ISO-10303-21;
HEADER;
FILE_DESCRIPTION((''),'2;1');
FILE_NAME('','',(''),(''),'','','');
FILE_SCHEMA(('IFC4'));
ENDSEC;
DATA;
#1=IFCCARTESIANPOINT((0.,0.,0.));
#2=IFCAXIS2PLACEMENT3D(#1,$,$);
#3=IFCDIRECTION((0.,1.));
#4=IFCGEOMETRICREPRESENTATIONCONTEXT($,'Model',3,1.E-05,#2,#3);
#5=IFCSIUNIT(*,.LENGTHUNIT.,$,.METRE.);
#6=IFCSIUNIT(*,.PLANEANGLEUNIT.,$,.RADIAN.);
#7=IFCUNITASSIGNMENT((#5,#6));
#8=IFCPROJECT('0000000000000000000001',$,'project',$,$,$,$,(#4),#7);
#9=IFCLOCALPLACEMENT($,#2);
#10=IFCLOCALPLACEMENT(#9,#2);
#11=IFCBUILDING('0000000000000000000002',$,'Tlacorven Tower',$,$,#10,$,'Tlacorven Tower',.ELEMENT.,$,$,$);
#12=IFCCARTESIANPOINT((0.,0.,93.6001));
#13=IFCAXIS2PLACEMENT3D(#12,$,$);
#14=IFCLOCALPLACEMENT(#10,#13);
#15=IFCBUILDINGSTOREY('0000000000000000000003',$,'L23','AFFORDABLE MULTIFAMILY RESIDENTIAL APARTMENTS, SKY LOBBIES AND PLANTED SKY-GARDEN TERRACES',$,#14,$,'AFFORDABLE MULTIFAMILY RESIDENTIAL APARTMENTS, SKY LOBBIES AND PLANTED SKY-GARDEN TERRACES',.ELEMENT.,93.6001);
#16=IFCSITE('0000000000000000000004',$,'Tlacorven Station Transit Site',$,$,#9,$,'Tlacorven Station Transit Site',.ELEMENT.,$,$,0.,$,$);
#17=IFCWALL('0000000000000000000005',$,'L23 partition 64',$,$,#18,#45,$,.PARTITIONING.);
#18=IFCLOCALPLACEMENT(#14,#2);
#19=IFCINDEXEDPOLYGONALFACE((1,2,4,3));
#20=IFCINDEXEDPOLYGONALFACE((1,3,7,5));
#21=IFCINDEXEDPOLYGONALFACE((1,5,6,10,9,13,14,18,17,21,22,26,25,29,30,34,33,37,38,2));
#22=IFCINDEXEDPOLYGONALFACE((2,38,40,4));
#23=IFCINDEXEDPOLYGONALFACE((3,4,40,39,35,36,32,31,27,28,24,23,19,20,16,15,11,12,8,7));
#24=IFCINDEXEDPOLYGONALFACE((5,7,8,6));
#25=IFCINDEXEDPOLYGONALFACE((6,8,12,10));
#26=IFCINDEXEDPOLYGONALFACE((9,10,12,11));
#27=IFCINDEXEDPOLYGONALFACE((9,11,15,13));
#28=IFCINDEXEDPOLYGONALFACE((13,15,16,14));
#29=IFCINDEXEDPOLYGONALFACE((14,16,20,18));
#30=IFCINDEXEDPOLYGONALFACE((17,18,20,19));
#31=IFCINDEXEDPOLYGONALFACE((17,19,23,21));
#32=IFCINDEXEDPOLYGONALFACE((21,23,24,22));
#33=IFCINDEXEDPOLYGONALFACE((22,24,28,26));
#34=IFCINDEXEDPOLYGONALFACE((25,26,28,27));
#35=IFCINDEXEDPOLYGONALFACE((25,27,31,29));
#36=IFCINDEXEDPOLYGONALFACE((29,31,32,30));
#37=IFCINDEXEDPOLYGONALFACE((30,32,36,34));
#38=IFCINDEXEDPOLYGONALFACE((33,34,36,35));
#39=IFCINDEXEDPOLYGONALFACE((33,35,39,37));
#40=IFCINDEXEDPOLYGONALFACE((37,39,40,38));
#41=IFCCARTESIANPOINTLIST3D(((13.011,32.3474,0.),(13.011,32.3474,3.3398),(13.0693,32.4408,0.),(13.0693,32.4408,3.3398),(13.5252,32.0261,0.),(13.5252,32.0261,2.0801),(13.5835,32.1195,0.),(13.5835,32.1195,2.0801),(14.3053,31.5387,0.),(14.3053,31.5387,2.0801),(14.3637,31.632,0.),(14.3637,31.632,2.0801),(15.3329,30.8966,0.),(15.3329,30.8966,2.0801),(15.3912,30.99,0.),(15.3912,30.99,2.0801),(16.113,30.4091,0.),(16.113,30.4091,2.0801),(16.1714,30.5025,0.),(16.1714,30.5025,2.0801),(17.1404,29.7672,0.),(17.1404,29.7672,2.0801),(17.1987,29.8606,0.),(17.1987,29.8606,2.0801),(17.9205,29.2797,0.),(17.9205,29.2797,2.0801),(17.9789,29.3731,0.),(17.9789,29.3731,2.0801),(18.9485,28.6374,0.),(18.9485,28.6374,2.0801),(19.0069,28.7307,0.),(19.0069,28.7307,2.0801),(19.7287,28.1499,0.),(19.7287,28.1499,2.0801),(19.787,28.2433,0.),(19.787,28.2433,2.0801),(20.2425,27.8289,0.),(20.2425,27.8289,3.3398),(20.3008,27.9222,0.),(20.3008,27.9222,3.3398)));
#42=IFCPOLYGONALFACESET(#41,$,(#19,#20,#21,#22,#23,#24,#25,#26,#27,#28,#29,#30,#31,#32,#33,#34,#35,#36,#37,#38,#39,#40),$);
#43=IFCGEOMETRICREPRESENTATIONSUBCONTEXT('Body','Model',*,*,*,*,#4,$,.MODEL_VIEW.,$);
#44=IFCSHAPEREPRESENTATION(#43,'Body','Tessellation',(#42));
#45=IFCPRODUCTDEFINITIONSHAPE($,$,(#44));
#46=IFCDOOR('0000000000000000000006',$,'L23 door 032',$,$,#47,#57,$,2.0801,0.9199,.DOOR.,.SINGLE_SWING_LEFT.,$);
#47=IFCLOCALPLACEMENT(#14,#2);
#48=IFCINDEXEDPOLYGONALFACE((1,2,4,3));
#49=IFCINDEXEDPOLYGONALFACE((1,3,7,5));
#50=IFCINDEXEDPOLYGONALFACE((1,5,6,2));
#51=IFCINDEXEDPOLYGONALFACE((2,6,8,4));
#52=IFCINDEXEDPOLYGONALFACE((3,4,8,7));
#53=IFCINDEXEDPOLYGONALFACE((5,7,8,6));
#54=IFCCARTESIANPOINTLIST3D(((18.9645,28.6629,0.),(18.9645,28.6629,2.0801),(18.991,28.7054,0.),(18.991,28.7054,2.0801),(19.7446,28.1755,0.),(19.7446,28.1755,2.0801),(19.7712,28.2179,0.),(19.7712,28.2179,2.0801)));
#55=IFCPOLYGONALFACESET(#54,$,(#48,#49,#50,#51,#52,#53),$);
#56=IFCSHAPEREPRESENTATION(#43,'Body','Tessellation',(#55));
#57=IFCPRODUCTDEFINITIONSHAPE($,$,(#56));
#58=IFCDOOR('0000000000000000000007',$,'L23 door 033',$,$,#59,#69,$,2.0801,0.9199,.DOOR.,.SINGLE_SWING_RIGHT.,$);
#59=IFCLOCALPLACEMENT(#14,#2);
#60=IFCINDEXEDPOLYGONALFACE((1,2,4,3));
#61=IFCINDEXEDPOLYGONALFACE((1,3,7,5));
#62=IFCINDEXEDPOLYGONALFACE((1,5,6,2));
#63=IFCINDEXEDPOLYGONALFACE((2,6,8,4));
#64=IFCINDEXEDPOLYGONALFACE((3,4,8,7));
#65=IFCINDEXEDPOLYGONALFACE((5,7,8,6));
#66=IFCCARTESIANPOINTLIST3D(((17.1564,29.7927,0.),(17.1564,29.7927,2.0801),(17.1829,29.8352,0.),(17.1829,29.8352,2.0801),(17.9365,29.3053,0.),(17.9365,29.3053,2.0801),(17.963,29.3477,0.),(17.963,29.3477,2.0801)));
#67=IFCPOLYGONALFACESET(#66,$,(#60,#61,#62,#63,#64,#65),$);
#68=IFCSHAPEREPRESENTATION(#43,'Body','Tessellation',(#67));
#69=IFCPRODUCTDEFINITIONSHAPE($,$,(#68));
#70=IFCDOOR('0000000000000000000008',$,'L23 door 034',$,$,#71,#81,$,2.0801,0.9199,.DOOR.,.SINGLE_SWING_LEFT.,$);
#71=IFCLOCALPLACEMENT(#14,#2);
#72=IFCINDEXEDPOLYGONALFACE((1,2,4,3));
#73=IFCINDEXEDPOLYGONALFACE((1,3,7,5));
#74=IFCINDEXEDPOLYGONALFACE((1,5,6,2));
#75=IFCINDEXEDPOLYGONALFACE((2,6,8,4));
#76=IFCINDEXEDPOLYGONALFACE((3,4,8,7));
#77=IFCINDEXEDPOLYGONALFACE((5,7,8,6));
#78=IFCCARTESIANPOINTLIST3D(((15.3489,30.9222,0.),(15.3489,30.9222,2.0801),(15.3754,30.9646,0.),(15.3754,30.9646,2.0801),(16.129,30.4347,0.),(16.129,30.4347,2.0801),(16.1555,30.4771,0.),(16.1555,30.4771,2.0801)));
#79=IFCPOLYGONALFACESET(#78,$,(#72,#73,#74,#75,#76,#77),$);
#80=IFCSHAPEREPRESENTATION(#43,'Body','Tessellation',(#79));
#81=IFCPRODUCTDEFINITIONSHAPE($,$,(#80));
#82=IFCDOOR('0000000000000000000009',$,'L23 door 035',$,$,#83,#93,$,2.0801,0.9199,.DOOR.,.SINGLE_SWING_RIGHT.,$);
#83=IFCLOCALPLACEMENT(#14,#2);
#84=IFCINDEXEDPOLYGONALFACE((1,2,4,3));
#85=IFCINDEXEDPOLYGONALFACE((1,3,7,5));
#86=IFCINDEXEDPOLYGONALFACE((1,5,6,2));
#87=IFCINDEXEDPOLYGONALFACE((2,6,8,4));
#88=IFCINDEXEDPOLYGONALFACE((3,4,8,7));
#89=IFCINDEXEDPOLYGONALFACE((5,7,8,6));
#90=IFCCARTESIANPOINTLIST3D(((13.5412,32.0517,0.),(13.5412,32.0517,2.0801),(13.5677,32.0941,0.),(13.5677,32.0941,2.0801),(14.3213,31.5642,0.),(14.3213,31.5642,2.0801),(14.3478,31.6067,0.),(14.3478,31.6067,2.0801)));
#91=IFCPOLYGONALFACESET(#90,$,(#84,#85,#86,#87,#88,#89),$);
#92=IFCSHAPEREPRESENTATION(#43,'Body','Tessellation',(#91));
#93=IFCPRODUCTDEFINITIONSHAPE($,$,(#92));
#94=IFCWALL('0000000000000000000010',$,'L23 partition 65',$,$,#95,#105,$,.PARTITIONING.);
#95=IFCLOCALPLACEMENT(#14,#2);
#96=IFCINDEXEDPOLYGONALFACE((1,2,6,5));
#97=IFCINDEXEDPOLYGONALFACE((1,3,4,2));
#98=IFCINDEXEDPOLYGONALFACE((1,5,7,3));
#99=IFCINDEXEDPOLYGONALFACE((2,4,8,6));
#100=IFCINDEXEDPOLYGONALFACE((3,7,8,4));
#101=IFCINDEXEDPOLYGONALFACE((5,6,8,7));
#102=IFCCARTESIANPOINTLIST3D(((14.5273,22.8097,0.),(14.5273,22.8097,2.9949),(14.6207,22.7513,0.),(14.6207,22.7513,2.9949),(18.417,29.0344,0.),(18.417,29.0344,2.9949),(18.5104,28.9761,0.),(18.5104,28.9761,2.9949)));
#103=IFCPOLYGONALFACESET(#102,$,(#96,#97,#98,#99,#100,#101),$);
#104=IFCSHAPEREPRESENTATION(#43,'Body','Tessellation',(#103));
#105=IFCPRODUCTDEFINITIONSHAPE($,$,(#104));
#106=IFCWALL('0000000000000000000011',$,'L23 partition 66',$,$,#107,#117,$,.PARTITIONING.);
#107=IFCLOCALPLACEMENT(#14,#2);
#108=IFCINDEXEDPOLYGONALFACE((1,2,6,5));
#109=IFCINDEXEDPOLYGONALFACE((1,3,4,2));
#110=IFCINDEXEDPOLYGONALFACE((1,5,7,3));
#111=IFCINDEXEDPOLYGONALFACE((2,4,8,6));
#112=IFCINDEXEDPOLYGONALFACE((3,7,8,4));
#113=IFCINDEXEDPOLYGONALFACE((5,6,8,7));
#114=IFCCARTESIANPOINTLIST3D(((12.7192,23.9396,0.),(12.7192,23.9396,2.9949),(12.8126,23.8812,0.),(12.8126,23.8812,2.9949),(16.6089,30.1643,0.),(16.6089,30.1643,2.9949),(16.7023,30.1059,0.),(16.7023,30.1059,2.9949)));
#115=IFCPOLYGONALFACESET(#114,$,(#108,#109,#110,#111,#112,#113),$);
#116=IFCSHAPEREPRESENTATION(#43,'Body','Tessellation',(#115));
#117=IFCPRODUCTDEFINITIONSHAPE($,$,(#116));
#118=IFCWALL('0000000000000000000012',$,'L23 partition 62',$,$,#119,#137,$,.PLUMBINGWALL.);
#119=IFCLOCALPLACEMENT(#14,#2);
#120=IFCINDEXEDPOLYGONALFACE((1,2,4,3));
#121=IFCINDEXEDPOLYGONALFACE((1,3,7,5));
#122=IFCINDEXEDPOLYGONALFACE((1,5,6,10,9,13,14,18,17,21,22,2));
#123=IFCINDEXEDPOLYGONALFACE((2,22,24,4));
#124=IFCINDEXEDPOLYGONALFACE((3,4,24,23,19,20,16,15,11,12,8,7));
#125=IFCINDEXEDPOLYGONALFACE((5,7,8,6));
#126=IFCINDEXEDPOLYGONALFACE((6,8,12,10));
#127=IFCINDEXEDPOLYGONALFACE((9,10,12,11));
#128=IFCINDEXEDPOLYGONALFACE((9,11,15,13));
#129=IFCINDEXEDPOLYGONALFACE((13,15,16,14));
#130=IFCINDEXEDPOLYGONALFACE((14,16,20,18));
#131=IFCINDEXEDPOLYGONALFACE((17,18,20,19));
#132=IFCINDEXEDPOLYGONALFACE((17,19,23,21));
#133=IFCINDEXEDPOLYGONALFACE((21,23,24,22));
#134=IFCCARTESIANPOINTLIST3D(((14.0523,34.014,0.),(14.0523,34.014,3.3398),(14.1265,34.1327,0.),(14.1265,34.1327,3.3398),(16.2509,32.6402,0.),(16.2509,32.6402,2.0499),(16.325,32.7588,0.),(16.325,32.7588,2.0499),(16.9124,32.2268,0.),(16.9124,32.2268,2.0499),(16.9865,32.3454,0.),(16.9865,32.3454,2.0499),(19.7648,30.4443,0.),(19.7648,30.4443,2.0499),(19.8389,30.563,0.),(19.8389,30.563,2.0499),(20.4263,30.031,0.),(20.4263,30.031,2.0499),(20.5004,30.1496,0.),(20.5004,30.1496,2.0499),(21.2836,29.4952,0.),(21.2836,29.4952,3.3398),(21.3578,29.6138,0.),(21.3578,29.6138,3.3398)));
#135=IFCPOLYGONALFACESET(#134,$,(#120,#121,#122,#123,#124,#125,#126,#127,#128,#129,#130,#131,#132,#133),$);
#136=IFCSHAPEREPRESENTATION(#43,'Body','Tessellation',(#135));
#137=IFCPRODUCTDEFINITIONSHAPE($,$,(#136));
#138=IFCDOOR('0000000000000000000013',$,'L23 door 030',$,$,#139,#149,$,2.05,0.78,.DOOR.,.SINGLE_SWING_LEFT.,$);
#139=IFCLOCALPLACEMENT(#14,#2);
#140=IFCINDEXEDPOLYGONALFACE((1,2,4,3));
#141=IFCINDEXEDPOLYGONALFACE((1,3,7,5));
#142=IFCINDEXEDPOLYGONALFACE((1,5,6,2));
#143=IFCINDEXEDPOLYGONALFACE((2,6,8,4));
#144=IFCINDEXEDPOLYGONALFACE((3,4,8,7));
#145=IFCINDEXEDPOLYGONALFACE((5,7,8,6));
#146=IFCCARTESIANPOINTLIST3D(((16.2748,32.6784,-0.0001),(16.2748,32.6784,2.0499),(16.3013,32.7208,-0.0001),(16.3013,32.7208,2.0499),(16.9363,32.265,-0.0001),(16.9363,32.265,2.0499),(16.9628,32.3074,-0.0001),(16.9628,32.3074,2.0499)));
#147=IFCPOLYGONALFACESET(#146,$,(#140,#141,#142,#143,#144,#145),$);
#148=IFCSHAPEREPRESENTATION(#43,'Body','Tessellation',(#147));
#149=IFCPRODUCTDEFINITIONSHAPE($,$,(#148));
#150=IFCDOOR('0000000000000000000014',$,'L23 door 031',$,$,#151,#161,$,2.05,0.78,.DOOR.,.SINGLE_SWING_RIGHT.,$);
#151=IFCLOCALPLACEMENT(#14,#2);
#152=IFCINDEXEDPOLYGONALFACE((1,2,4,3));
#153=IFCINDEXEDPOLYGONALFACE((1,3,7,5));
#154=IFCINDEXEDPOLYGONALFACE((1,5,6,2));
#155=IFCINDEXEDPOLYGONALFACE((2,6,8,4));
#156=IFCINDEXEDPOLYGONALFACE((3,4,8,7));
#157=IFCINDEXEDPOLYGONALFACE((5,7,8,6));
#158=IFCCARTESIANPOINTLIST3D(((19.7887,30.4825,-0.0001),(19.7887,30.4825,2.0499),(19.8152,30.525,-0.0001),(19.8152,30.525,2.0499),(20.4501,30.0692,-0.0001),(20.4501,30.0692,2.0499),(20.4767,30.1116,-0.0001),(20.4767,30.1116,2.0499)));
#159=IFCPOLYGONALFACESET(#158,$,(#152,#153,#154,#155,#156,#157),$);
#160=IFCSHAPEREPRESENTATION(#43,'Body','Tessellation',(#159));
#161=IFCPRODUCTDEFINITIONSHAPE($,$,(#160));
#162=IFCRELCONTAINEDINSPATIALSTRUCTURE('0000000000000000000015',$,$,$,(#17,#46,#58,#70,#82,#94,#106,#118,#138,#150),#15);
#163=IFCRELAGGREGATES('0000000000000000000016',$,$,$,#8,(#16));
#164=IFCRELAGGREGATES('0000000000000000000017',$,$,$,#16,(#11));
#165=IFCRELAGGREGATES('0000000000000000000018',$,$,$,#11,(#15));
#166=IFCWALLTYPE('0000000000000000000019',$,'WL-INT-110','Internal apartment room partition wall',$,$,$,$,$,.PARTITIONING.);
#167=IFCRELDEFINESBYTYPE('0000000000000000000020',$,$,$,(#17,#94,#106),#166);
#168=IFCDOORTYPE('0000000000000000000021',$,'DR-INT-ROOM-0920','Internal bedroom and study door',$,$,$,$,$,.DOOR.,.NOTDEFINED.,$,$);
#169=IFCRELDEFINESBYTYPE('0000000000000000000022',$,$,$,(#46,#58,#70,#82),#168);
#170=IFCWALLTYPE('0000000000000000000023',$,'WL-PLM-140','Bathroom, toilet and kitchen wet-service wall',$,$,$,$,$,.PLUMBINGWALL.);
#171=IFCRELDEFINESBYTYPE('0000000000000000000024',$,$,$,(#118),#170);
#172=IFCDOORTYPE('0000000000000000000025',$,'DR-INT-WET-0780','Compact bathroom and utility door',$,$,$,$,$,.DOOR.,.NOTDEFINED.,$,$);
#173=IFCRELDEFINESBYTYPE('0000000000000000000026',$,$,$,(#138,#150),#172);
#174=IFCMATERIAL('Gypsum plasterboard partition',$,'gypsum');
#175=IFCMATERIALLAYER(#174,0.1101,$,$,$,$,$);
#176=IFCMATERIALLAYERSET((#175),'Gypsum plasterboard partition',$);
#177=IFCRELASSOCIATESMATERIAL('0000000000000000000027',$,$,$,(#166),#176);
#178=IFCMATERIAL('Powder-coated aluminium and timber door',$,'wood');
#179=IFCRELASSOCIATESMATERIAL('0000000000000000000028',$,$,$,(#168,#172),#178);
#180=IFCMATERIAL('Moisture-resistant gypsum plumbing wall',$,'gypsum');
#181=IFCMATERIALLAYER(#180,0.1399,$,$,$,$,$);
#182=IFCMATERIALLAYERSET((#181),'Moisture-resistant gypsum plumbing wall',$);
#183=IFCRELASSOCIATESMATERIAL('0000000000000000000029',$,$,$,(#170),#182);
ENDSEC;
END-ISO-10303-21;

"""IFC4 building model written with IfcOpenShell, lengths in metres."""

from ifc_helpers import new_model, si_unit, direction, frame, frame_2d, origin, place, context, subcontext, project, spatial, rectangle, extrude, source, transform, mapped, material, layer, layer_set, type_object, element, fill, save


model = new_model("IFC4")

# Units and contexts
model_context = context("Model", 3, precision=1e-05, world=origin(), true_north=direction((0.0, 1.0)))
body_context = subcontext(model_context, "Body", "Model", "MODEL_VIEW")
ifc_project = project(units=[si_unit("LENGTHUNIT", "METRE"), si_unit("PLANEANGLEUNIT", "RADIAN")], contexts=[model_context])

# Site, building, storey
site_placement = place(None, origin())
site = spatial("IfcSite", under=ifc_project, at=site_placement, Name="Tlacorven Station Transit Site", LongName="Tlacorven Station Transit Site", CompositionType="ELEMENT", RefElevation=0.0)
building_placement = place(site_placement, origin())
building = spatial("IfcBuilding", under=site, at=building_placement, Name="Tlacorven Tower", LongName="Tlacorven Tower", CompositionType="ELEMENT")
storey_placement = place(building_placement, frame((0.0, 0.0, 93.6001)))
storey = spatial("IfcBuildingStorey", under=building, at=storey_placement, Name="L23", Description="AFFORDABLE MULTIFAMILY RESIDENTIAL APARTMENTS, SKY LOBBIES AND PLANTED SKY-GARDEN TERRACES", LongName="AFFORDABLE MULTIFAMILY RESIDENTIAL APARTMENTS, SKY LOBBIES AND PLANTED SKY-GARDEN TERRACES", CompositionType="ELEMENT", Elevation=93.6001)

# Wall, openings, doors
ifc_material_1 = material(Name="Gypsum plasterboard partition", Category="gypsum")
ifc_layer_1 = layer(ifc_material_1, 0.1101)
ifc_layer_set_1 = layer_set([ifc_layer_1], Name="Gypsum plasterboard partition")
wall_type_1 = type_object("IfcWallType", Name="WL-INT-110", Description="Internal apartment room partition wall", PredefinedType="PARTITIONING", material=ifc_layer_set_1)
wall_1_placement = place(storey_placement, frame((20.2717, 27.8755, 0.0), z_axis=(0.0, 0.0, 1.0), x_axis=(-0.848056, 0.529906, 0.0)))
wall_1 = element("IfcWall", 1, at=wall_1_placement, inside=storey, type_object=wall_type_1, Name="L23 partition 64", PredefinedType="PARTITIONING", context=body_context, shape_type="SweptSolid", body=[
    extrude(rectangle(XDim=8.5271, YDim=0.1101, at=frame_2d((4.2637, 0.0))), origin(), (0.0, 0.0, 1.0), 3.3398),
])
opening_1_placement = place(wall_1_placement, frame((0.606, 0.0, 0.0)))
opening_1 = element("IfcOpeningElement", 2, at=opening_1_placement, cuts=wall_1, PredefinedType="OPENING", context=body_context, shape_type="SweptSolid", body=[
    extrude(rectangle(XDim=0.9199, YDim=2.0801, at=frame_2d((0.46, 1.04))), frame((0.0, 0.0649, 0.0), z_axis=(0.0, -1.0, 0.0), x_axis=(1.0, 0.0, 0.0)), (0.0, 0.0, 1.0), 0.1301),
])
opening_2_placement = place(wall_1_placement, frame((2.738, 0.0, 0.0)))
opening_2 = element("IfcOpeningElement", 3, at=opening_2_placement, cuts=wall_1, PredefinedType="OPENING", context=body_context, shape_type="SweptSolid", body=[
    extrude(rectangle(XDim=0.9199, YDim=2.0801, at=frame_2d((0.46, 1.04))), frame((0.0, 0.0649, 0.0), z_axis=(0.0, -1.0, 0.0), x_axis=(1.0, 0.0, 0.0)), (0.0, 0.0, 1.0), 0.1301),
])
opening_3_placement = place(wall_1_placement, frame((4.8694, 0.0, 0.0)))
opening_3 = element("IfcOpeningElement", 4, at=opening_3_placement, cuts=wall_1, PredefinedType="OPENING", context=body_context, shape_type="SweptSolid", body=[
    extrude(rectangle(XDim=0.9199, YDim=2.0801, at=frame_2d((0.46, 1.04))), frame((0.0, 0.0649, 0.0), z_axis=(0.0, -1.0, 0.0), x_axis=(1.0, 0.0, 0.0)), (0.0, 0.0, 1.0), 0.1301),
])
opening_4_placement = place(wall_1_placement, frame((7.001, 0.0, 0.0)))
opening_4 = element("IfcOpeningElement", 5, at=opening_4_placement, cuts=wall_1, PredefinedType="OPENING", context=body_context, shape_type="SweptSolid", body=[
    extrude(rectangle(XDim=0.9199, YDim=2.0801, at=frame_2d((0.46, 1.04))), frame((0.0, 0.0649, 0.0), z_axis=(0.0, -1.0, 0.0), x_axis=(1.0, 0.0, 0.0)), (0.0, 0.0, 1.0), 0.1301),
])
ifc_material_2 = material(Name="Powder-coated aluminium and timber door", Category="wood")
door_type_1 = type_object("IfcDoorType", Name="DR-INT-ROOM-0920", Description="Internal bedroom and study door", OperationType="NOTDEFINED", PredefinedType="DOOR", material=ifc_material_2)
shared_shape_1 = source(origin(), body_context, "Body", "SweptSolid", [
    extrude(rectangle(XDim=0.9199, YDim=2.0801, at=frame_2d((0.46, 1.04))), frame((0.0, 0.0249, 0.0), z_axis=(0.0, -1.0, 0.0), x_axis=(1.0, 0.0, 0.0)), (0.0, 0.0, 1.0), 0.05),
])
door_1_placement = place(opening_1_placement, origin())
door_1 = element("IfcDoor", 6, at=door_1_placement, inside=storey, type_object=door_type_1, Name="L23 door 032", OperationType="SINGLE_SWING_LEFT", OverallHeight=2.0801, OverallWidth=0.9199, PredefinedType="DOOR", context=body_context, shape_type="MappedRepresentation", body=[
    mapped(shared_shape_1, transform((0.0, 0.0, 0.0), scale=1.0)),
])
fill(opening_1, door_1)
door_2_placement = place(opening_2_placement, origin())
door_2 = element("IfcDoor", 7, at=door_2_placement, inside=storey, type_object=door_type_1, Name="L23 door 033", OperationType="SINGLE_SWING_RIGHT", OverallHeight=2.0801, OverallWidth=0.9199, PredefinedType="DOOR", context=body_context, shape_type="MappedRepresentation", body=[
    mapped(shared_shape_1, transform((0.0, 0.0, 0.0), scale=1.0)),
])
fill(opening_2, door_2)
door_3_placement = place(opening_3_placement, origin())
door_3 = element("IfcDoor", 8, at=door_3_placement, inside=storey, type_object=door_type_1, Name="L23 door 034", OperationType="SINGLE_SWING_LEFT", OverallHeight=2.0801, OverallWidth=0.9199, PredefinedType="DOOR", context=body_context, shape_type="MappedRepresentation", body=[
    mapped(shared_shape_1, transform((0.0, 0.0, 0.0), scale=1.0)),
])
fill(opening_3, door_3)
door_4_placement = place(opening_4_placement, origin())
door_4 = element("IfcDoor", 9, at=door_4_placement, inside=storey, type_object=door_type_1, Name="L23 door 035", OperationType="SINGLE_SWING_RIGHT", OverallHeight=2.0801, OverallWidth=0.9199, PredefinedType="DOOR", context=body_context, shape_type="MappedRepresentation", body=[
    mapped(shared_shape_1, transform((0.0, 0.0, 0.0), scale=1.0)),
])
fill(opening_4, door_4)

# Walls
for number, where, z_axis, x_axis, name in (
    (10, (18.4636, 29.0051, 0.0), (0.0, 0.0, 1.0), (-0.529927, -0.848043, 0.0), "L23 partition 65"),
    (11, (16.6555, 30.135, 0.0), (0.0, 0.0, 1.0), (-0.529927, -0.848043, 0.0), "L23 partition 66"),
):
    element("IfcWall", number, at=place(storey_placement, frame(where, z_axis=z_axis, x_axis=x_axis)), inside=storey, type_object=wall_type_1, Name=name, PredefinedType="PARTITIONING", context=body_context, shape_type="SweptSolid", body=[
        extrude(rectangle(XDim=7.3401, YDim=0.1101, at=frame_2d((3.6699, 0.0))), origin(), (0.0, 0.0, 1.0), 2.9949),
    ])

# Wall, openings, doors
ifc_material_3 = material(Name="Moisture-resistant gypsum plumbing wall", Category="gypsum")
ifc_layer_2 = layer(ifc_material_3, 0.1399)
ifc_layer_set_2 = layer_set([ifc_layer_2], Name="Moisture-resistant gypsum plumbing wall")
wall_type_2 = type_object("IfcWallType", Name="WL-PLM-140", Description="Bathroom, toilet and kitchen wet-service wall", PredefinedType="PLUMBINGWALL", material=ifc_layer_set_2)
wall_2_placement = place(storey_placement, frame((21.3208, 29.5544, 0.0), z_axis=(0.0, 0.0, 1.0), x_axis=(-0.848035, 0.52994, 0.0)))
wall_2 = element("IfcWall", 12, at=wall_2_placement, inside=storey, type_object=wall_type_2, Name="L23 partition 62", PredefinedType="PLUMBINGWALL", context=body_context, shape_type="SweptSolid", body=[
    extrude(rectangle(XDim=8.5271, YDim=0.1399, at=frame_2d((4.2637, 0.0))), origin(), (0.0, 0.0, 1.0), 3.3398),
])
opening_5_placement = place(wall_2_placement, frame((5.1545, 0.0, 0.0)))
opening_5 = element("IfcOpeningElement", 13, at=opening_5_placement, cuts=wall_2, PredefinedType="OPENING", context=body_context, shape_type="SweptSolid", body=[
    extrude(rectangle(XDim=0.78, YDim=2.05, at=frame_2d((0.3901, 1.0249))), frame((0.0, 0.0801, 0.0), z_axis=(0.0, -1.0, 0.0), x_axis=(1.0, 0.0, 0.0)), (0.0, 0.0, 1.0), 0.1599),
])
opening_6_placement = place(wall_2_placement, frame((1.011, 0.0, 0.0)))
opening_6 = element("IfcOpeningElement", 14, at=opening_6_placement, cuts=wall_2, PredefinedType="OPENING", context=body_context, shape_type="SweptSolid", body=[
    extrude(rectangle(XDim=0.78, YDim=2.05, at=frame_2d((0.3901, 1.0249))), frame((0.0, 0.0801, 0.0), z_axis=(0.0, -1.0, 0.0), x_axis=(1.0, 0.0, 0.0)), (0.0, 0.0, 1.0), 0.1599),
])
door_type_2 = type_object("IfcDoorType", Name="DR-INT-WET-0780", Description="Compact bathroom and utility door", OperationType="NOTDEFINED", PredefinedType="DOOR", material=ifc_material_2)
shared_shape_2 = source(origin(), body_context, "Body", "SweptSolid", [
    extrude(rectangle(XDim=0.78, YDim=2.05, at=frame_2d((0.3901, 1.0249))), frame((0.0, 0.0249, 0.0), z_axis=(0.0, -1.0, 0.0), x_axis=(1.0, 0.0, 0.0)), (0.0, 0.0, 1.0), 0.05),
])
door_5_placement = place(opening_5_placement, origin())
door_5 = element("IfcDoor", 15, at=door_5_placement, inside=storey, type_object=door_type_2, Name="L23 door 030", OperationType="SINGLE_SWING_LEFT", OverallHeight=2.05, OverallWidth=0.78, PredefinedType="DOOR", context=body_context, shape_type="MappedRepresentation", body=[
    mapped(shared_shape_2, transform((0.0, 0.0, 0.0), scale=1.0)),
])
fill(opening_5, door_5)
door_6_placement = place(opening_6_placement, origin())
door_6 = element("IfcDoor", 16, at=door_6_placement, inside=storey, type_object=door_type_2, Name="L23 door 031", OperationType="SINGLE_SWING_RIGHT", OverallHeight=2.05, OverallWidth=0.78, PredefinedType="DOOR", context=body_context, shape_type="MappedRepresentation", body=[
    mapped(shared_shape_2, transform((0.0, 0.0, 0.0), scale=1.0)),
])
fill(opening_6, door_6)

save(model, "model.ifc")
